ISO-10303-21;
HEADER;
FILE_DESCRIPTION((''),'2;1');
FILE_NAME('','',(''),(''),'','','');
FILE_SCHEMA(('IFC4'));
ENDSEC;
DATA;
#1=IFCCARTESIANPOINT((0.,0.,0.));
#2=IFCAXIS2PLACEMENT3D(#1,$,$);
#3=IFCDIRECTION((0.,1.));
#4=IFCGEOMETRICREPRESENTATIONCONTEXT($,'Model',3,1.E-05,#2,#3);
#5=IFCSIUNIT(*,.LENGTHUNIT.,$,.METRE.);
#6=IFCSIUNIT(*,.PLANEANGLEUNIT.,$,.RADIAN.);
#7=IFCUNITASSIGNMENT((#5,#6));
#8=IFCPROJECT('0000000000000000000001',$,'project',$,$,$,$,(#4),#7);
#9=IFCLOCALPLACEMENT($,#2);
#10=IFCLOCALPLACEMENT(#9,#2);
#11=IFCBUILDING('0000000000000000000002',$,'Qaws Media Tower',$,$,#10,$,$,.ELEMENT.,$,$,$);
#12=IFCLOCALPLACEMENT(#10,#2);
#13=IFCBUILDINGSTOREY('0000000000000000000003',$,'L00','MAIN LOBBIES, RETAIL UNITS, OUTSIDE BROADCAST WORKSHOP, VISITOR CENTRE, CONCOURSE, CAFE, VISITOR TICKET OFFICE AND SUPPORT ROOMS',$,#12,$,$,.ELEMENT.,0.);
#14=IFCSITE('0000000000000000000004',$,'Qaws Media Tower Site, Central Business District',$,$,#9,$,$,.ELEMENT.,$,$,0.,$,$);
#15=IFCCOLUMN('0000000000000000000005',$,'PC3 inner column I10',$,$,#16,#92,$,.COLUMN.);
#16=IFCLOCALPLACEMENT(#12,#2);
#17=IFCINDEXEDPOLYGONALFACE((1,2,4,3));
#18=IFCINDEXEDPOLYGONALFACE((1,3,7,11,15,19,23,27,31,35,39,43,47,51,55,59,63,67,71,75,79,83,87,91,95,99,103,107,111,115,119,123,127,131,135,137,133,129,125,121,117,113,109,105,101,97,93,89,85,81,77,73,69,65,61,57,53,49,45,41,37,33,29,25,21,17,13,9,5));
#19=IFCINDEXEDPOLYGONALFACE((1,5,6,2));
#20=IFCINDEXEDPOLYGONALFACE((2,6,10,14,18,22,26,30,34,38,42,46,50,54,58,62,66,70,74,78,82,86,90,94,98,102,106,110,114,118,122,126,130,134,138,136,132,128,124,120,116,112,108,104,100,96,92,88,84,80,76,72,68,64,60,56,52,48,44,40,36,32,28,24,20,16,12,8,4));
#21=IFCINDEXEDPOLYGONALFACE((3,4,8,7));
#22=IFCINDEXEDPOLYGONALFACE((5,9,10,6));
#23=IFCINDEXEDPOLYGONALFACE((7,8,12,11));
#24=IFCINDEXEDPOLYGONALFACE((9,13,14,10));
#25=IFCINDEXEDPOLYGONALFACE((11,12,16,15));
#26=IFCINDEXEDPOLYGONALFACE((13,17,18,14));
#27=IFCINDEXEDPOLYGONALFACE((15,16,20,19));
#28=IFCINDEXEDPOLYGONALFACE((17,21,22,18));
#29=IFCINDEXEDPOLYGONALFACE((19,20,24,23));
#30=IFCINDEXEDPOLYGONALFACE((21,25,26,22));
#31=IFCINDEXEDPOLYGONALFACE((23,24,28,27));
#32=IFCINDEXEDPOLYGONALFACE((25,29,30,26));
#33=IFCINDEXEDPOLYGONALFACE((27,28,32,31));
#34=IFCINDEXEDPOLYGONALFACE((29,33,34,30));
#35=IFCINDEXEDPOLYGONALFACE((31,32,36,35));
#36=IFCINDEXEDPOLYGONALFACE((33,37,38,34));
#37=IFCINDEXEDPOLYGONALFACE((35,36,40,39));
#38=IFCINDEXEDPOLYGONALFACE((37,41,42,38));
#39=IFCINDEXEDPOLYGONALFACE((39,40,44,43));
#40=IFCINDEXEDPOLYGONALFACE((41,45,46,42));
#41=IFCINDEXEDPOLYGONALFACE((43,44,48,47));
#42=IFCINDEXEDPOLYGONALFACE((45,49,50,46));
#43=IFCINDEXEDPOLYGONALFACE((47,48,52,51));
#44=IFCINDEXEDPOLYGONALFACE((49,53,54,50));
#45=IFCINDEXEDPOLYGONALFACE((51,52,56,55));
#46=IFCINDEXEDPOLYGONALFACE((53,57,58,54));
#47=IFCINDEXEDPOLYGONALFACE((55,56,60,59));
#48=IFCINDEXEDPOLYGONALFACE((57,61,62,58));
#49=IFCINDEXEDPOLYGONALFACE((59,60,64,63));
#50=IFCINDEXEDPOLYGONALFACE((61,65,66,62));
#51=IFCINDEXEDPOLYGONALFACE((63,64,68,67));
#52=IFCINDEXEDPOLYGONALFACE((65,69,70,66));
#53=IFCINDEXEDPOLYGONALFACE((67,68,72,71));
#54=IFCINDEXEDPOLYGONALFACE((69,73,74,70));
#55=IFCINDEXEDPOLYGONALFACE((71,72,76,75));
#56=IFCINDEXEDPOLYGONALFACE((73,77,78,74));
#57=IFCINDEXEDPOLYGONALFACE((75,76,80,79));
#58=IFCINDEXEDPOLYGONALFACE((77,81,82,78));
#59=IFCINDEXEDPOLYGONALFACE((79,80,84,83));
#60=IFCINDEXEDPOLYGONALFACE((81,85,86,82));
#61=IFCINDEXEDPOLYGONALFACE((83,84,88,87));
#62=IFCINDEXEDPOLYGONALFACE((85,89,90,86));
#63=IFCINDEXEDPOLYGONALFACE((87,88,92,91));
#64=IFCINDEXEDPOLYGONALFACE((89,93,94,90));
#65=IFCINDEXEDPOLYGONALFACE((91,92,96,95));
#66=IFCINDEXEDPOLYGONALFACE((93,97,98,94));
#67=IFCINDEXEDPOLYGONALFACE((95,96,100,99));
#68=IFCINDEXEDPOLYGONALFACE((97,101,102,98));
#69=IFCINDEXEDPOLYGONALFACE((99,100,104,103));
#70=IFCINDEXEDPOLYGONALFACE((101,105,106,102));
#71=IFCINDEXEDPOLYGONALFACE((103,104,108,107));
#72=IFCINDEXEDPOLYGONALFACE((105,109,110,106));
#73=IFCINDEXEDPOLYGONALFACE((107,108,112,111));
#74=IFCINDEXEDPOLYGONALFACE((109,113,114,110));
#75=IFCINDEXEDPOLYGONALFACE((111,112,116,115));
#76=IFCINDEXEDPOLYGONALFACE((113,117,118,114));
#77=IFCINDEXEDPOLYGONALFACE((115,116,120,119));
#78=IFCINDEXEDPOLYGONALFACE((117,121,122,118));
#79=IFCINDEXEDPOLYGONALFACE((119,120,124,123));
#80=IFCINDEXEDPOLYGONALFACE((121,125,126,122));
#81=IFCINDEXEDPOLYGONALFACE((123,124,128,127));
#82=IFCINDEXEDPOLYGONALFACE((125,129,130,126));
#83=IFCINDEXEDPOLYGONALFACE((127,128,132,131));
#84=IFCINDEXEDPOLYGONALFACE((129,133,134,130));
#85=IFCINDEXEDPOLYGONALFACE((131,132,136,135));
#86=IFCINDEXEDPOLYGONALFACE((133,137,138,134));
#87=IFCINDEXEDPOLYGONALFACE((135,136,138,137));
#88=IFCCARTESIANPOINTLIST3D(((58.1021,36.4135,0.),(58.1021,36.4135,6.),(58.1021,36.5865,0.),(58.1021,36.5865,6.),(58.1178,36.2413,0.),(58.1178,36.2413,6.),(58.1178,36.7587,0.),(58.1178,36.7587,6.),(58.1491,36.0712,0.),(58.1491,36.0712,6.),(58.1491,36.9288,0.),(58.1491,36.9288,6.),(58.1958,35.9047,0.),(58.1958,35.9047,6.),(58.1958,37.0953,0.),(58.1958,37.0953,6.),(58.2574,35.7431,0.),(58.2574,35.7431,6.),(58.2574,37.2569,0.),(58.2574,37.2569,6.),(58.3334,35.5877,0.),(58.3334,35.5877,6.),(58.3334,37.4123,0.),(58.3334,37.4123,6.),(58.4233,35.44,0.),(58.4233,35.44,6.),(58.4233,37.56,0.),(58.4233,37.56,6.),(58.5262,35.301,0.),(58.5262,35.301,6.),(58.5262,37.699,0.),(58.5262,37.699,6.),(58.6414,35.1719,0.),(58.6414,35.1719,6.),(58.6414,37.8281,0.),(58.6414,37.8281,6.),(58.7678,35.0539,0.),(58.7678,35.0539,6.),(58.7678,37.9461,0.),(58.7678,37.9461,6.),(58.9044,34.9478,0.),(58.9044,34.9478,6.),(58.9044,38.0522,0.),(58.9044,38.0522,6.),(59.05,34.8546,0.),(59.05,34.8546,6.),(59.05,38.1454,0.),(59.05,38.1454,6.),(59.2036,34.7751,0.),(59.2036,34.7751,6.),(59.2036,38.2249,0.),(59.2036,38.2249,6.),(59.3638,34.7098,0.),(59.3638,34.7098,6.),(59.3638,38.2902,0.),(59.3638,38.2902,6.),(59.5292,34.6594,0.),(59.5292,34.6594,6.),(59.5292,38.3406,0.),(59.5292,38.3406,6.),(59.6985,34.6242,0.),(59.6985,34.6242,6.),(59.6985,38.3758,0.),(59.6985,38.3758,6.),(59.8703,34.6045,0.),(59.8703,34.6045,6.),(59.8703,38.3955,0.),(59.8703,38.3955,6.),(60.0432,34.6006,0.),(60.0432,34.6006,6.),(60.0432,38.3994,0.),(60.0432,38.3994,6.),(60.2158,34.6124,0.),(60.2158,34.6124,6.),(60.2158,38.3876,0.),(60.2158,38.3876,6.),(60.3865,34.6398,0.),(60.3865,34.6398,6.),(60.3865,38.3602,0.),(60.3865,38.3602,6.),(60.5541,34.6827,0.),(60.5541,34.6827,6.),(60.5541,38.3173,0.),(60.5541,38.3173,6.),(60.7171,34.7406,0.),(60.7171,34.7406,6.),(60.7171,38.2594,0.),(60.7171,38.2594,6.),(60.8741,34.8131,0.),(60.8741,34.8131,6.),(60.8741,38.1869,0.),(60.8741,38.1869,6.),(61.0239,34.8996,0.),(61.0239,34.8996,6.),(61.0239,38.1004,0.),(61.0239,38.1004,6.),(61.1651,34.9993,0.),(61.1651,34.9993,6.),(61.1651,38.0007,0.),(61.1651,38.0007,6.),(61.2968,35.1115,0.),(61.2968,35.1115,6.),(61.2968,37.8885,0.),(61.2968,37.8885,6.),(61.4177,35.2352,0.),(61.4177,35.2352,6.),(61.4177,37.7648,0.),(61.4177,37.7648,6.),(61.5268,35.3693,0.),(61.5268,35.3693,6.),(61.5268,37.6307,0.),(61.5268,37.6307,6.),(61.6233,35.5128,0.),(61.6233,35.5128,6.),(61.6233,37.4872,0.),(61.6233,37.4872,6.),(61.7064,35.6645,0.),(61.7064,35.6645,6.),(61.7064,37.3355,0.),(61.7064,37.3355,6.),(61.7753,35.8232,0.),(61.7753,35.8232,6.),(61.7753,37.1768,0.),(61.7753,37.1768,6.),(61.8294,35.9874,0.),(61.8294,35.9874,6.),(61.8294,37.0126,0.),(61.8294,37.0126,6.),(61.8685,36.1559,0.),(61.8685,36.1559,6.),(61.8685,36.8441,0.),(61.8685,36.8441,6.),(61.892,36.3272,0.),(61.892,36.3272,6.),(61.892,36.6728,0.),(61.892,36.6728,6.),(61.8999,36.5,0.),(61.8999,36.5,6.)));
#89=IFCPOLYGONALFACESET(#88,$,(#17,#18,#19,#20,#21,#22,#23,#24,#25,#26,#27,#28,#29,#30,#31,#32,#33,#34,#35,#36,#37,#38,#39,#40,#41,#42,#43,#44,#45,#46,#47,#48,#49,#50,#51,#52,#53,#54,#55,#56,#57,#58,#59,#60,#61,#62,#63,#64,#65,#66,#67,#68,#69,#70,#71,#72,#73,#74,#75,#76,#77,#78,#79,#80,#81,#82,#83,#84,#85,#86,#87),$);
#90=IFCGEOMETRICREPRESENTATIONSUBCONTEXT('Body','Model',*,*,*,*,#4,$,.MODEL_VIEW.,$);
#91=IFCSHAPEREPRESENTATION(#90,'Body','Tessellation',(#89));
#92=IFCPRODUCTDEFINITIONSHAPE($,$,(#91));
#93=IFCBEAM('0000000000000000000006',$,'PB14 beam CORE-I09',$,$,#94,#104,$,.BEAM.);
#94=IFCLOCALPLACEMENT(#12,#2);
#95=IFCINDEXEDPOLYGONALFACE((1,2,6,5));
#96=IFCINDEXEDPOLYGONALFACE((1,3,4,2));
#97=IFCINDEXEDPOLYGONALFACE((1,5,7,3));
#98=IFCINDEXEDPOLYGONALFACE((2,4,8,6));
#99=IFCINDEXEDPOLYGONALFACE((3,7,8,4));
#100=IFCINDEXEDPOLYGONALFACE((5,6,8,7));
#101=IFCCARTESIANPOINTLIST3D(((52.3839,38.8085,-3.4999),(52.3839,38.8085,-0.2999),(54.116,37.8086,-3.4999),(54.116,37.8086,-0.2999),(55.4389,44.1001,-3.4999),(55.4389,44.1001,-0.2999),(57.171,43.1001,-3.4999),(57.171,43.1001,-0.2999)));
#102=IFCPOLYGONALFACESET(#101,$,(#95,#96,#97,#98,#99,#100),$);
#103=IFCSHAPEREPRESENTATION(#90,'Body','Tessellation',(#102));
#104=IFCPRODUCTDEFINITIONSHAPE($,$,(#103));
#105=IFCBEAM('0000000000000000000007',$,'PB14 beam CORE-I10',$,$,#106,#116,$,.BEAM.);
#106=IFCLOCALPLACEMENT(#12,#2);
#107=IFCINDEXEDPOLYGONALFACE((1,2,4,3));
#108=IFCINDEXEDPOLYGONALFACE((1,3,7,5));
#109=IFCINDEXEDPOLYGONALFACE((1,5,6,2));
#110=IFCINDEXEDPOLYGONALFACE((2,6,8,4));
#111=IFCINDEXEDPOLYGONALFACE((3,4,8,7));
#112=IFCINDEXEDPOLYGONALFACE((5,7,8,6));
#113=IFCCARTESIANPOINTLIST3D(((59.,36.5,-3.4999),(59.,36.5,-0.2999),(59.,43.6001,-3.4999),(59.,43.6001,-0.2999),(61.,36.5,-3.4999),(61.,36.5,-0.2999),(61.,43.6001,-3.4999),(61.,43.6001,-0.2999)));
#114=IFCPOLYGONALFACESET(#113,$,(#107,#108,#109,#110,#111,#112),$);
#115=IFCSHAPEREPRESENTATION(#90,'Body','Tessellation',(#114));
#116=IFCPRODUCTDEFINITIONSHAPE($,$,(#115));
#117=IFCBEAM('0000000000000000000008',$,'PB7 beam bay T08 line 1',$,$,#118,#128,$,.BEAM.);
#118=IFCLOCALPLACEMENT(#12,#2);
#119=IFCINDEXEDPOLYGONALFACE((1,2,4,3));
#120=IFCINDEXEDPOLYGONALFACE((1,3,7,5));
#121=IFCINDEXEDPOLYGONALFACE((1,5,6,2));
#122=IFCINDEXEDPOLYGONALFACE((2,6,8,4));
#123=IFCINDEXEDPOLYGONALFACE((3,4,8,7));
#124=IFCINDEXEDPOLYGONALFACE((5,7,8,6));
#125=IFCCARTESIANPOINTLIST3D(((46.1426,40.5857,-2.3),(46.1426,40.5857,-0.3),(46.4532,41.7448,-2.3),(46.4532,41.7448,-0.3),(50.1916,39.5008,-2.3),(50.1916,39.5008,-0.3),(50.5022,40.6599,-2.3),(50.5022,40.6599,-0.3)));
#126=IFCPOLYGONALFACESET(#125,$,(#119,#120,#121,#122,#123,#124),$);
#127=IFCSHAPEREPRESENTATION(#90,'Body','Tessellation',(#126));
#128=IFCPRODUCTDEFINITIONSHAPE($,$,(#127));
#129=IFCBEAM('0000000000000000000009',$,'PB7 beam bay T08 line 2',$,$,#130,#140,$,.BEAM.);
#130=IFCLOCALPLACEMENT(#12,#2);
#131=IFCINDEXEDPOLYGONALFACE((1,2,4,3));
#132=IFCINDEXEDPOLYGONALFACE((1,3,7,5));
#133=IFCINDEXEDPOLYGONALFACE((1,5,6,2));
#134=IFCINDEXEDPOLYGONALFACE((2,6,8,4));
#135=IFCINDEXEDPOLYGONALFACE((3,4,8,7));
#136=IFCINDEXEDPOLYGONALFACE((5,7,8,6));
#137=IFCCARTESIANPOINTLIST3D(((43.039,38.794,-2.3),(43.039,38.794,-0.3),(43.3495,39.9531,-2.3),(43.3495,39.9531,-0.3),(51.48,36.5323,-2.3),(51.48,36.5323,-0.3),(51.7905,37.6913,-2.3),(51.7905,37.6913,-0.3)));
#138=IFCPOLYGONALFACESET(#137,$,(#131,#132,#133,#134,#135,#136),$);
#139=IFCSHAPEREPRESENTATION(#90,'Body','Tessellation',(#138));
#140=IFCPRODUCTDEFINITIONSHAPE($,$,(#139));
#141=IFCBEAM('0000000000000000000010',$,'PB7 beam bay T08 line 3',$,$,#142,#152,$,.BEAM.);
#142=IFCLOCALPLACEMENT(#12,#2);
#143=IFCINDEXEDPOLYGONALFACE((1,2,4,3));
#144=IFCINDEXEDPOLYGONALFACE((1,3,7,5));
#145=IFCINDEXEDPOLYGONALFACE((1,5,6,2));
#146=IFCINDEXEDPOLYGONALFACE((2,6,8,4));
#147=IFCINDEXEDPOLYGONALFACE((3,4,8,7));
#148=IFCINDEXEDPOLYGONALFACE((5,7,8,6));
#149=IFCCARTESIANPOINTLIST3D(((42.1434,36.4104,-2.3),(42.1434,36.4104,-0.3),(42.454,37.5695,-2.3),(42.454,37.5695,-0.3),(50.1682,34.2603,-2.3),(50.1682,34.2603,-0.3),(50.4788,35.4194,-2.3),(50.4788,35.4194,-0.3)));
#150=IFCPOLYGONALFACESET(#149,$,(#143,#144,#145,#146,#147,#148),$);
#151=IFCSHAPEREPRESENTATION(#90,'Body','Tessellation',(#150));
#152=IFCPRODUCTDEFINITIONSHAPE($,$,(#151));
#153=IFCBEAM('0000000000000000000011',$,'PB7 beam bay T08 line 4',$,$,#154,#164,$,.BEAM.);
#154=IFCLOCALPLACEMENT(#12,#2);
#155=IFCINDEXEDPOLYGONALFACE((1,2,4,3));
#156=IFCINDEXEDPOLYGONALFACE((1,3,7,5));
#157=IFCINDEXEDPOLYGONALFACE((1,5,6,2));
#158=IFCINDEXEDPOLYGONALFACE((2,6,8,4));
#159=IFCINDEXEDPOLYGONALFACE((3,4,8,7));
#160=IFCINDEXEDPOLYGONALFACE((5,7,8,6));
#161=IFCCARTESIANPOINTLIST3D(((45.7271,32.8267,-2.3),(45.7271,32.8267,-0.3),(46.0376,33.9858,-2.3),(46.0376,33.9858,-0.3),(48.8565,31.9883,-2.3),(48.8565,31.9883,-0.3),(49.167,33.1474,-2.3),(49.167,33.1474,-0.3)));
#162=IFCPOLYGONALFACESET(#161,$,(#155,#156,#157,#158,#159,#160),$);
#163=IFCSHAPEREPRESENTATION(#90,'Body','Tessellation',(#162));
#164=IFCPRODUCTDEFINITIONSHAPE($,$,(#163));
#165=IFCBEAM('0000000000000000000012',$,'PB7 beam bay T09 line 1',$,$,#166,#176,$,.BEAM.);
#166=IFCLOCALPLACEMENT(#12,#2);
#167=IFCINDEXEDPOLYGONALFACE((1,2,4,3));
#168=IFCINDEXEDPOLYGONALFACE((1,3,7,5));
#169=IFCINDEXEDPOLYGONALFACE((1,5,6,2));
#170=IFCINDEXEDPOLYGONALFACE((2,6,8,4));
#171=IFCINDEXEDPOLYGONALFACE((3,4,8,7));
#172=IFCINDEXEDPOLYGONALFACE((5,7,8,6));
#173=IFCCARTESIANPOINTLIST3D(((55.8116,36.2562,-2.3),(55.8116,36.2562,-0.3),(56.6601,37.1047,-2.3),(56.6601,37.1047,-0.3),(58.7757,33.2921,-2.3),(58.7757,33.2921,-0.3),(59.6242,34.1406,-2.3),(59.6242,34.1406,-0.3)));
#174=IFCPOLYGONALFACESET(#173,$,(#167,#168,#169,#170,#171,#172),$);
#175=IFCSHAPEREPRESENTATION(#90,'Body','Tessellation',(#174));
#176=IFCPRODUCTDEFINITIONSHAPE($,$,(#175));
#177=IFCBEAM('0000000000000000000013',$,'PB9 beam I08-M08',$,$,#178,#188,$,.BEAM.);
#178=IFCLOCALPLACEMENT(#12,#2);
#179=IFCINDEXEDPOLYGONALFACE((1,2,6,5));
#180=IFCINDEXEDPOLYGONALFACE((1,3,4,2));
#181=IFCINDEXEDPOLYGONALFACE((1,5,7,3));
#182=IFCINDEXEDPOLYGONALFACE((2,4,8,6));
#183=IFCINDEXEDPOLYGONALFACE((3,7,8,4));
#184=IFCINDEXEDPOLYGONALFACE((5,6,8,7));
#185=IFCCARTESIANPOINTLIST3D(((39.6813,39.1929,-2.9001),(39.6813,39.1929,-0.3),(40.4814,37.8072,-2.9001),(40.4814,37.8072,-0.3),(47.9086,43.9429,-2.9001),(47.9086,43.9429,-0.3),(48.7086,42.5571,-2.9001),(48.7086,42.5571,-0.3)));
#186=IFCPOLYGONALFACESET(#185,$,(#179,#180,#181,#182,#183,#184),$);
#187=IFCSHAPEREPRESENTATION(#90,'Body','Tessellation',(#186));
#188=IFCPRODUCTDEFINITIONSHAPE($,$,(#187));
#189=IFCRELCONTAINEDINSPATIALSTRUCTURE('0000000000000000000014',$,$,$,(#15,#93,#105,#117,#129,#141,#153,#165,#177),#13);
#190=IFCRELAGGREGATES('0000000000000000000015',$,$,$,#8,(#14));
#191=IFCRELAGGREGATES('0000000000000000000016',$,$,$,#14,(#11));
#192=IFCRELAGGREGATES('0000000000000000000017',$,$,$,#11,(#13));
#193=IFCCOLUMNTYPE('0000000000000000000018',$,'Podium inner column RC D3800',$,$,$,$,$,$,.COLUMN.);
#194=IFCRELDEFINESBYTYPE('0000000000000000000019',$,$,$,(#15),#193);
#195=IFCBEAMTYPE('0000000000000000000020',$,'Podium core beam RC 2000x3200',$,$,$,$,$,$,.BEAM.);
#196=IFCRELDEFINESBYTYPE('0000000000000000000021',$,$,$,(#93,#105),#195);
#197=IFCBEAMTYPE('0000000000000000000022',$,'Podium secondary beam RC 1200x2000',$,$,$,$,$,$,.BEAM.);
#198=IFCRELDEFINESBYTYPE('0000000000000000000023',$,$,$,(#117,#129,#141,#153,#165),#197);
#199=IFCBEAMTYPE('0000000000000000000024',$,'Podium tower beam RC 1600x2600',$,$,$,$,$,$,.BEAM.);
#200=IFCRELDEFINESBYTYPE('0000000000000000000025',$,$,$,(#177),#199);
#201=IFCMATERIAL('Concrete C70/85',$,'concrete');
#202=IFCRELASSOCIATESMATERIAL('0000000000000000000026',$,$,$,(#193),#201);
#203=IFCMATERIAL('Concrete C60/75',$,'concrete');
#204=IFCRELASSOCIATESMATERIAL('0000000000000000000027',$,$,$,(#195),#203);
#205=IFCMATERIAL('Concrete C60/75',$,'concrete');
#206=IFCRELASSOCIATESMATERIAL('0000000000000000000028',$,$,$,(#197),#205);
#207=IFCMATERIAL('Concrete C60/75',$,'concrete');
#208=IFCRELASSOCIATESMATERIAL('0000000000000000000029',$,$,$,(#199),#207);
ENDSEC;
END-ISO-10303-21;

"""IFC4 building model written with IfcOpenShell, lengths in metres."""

from ifc_helpers import new_model, si_unit, direction, frame, origin, origin_2d, place, context, subcontext, project, spatial, rectangle, circle, extrude, material, material_profile, profile_set, type_object, element, save


model = new_model("IFC4")

# Units and contexts
model_context = context("Model", 3, precision=1e-05, world=origin(), true_north=direction((0.0, 1.0)))
body_context = subcontext(model_context, "Body", "Model", "MODEL_VIEW")
ifc_project = project(units=[si_unit("LENGTHUNIT", "METRE"), si_unit("PLANEANGLEUNIT", "RADIAN")], contexts=[model_context])

# Site, building, storey
site_placement = place(None, origin())
site = spatial("IfcSite", under=ifc_project, at=site_placement, Name="Qaws Media Tower Site, Central Business District", CompositionType="ELEMENT", RefElevation=0.0)
building_placement = place(site_placement, origin())
building = spatial("IfcBuilding", under=site, at=building_placement, Name="Qaws Media Tower", CompositionType="ELEMENT")
storey_placement = place(building_placement, origin())
storey = spatial("IfcBuildingStorey", under=building, at=storey_placement, Name="L00", Description="MAIN LOBBIES, RETAIL UNITS, OUTSIDE BROADCAST WORKSHOP, VISITOR CENTRE, CONCOURSE, CAFE, VISITOR TICKET OFFICE AND SUPPORT ROOMS", CompositionType="ELEMENT", Elevation=0.0)

# Column
ifc_material_1 = material(Name="Concrete C70/85", Category="concrete")
ifc_material_profile_1 = material_profile(ifc_material_1, circle(Radius=1.8999, at=origin_2d()), Name="RC D3800")
ifc_profile_set_1 = profile_set([ifc_material_profile_1], Name="Concrete C70/85")
column_type = type_object("IfcColumnType", Name="Podium inner column RC D3800", PredefinedType="COLUMN", material=ifc_profile_set_1)
for number, where, z_axis, x_axis, name in (
    (1, (60.0, 36.5, 0.0), (0.0, 0.0, 1.0), (1.0, 0.0, 0.0), "PC3 inner column I10"),
):
    element("IfcColumn", number, at=place(storey_placement, frame(where, z_axis=z_axis, x_axis=x_axis)), inside=storey, type_object=column_type, Name=name, PredefinedType="COLUMN", context=body_context, shape_type="SweptSolid", body=[
        extrude(circle(Radius=1.8999, at=origin_2d()), origin(), (0.0, 0.0, 1.0), 6.0),
    ])

# Beams
ifc_material_2 = material(Name="Concrete C60/75", Category="concrete")
ifc_material_profile_2 = material_profile(ifc_material_2, rectangle(XDim=2.0, YDim=3.2, at=origin_2d()), Name="RC 2000x3200")
ifc_profile_set_2 = profile_set([ifc_material_profile_2], Name="Concrete C60/75")
beam_type_1 = type_object("IfcBeamType", Name="Podium core beam RC 2000x3200", PredefinedType="BEAM", material=ifc_profile_set_2)
beam_1_placement = place(storey_placement, frame((56.3049, 43.6001, -1.8999), z_axis=(-0.499985, -0.866034, 0.0), x_axis=(0.866034, -0.499985, 0.0)))
element("IfcBeam", 2, at=beam_1_placement, inside=storey, type_object=beam_type_1, Name="PB14 beam CORE-I09", PredefinedType="BEAM", context=body_context, shape_type="SweptSolid", body=[
    extrude(rectangle(XDim=2.0, YDim=3.2, at=origin_2d()), origin(), (0.0, 0.0, 1.0), 6.1101),
])
beam_2_placement = place(storey_placement, frame((60.0, 43.6001, -1.8999), z_axis=(0.0, -1.0, 0.0), x_axis=(1.0, 0.0, 0.0)))
element("IfcBeam", 3, at=beam_2_placement, inside=storey, type_object=beam_type_1, Name="PB14 beam CORE-I10", PredefinedType="BEAM", context=body_context, shape_type="SweptSolid", body=[
    extrude(rectangle(XDim=2.0, YDim=3.2, at=origin_2d()), origin(), (0.0, 0.0, 1.0), 7.1001),
])
ifc_material_3 = material(Name="Concrete C60/75", Category="concrete")
ifc_material_profile_3 = material_profile(ifc_material_3, rectangle(XDim=1.2, YDim=2.0, at=origin_2d()), Name="RC 1200x2000")
ifc_profile_set_3 = profile_set([ifc_material_profile_3], Name="Concrete C60/75")
beam_type_2 = type_object("IfcBeamType", Name="Podium secondary beam RC 1200x2000", PredefinedType="BEAM", material=ifc_profile_set_3)
beam_3_placement = place(storey_placement, frame((50.3469, 40.0803, -1.3), z_axis=(-0.965925, 0.258822, 0.0), x_axis=(-0.258822, -0.965925, 0.0)))
element("IfcBeam", 4, at=beam_3_placement, inside=storey, type_object=beam_type_2, Name="PB7 beam bay T08 line 1", PredefinedType="BEAM", context=body_context, shape_type="SweptSolid", body=[
    extrude(rectangle(XDim=1.2, YDim=2.0, at=origin_2d()), origin(), (0.0, 0.0, 1.0), 4.1919),
])
beam_4_placement = place(storey_placement, frame((51.6353, 37.1118, -1.3), z_axis=(-0.965926, 0.258817, 0.0), x_axis=(-0.258817, -0.965926, 0.0)))
element("IfcBeam", 5, at=beam_4_placement, inside=storey, type_object=beam_type_2, Name="PB7 beam bay T08 line 2", PredefinedType="BEAM", context=body_context, shape_type="SweptSolid", body=[
    extrude(rectangle(XDim=1.2, YDim=2.0, at=origin_2d()), origin(), (0.0, 0.0, 1.0), 8.7388),
])
beam_5_placement = place(storey_placement, frame((50.3235, 34.8398, -1.3), z_axis=(-0.965929, 0.258806, 0.0), x_axis=(-0.258806, -0.965929, 0.0)))
element("IfcBeam", 6, at=beam_5_placement, inside=storey, type_object=beam_type_2, Name="PB7 beam bay T08 line 3", PredefinedType="BEAM", context=body_context, shape_type="SweptSolid", body=[
    extrude(rectangle(XDim=1.2, YDim=2.0, at=origin_2d()), origin(), (0.0, 0.0, 1.0), 8.3079),
])
beam_6_placement = place(storey_placement, frame((49.0117, 32.5679, -1.3), z_axis=(-0.965937, 0.258779, 0.0), x_axis=(-0.258779, -0.965937, 0.0)))
element("IfcBeam", 7, at=beam_6_placement, inside=storey, type_object=beam_type_2, Name="PB7 beam bay T08 line 4", PredefinedType="BEAM", context=body_context, shape_type="SweptSolid", body=[
    extrude(rectangle(XDim=1.2, YDim=2.0, at=origin_2d()), origin(), (0.0, 0.0, 1.0), 3.2397),
])
beam_7_placement = place(storey_placement, frame((59.2, 33.7163, -1.3), z_axis=(-0.707107, 0.707107, 0.0), x_axis=(-0.707107, -0.707107, 0.0)))
element("IfcBeam", 8, at=beam_7_placement, inside=storey, type_object=beam_type_2, Name="PB7 beam bay T09 line 1", PredefinedType="BEAM", context=body_context, shape_type="SweptSolid", body=[
    extrude(rectangle(XDim=1.2, YDim=2.0, at=origin_2d()), origin(), (0.0, 0.0, 1.0), 4.1919),
])
ifc_material_4 = material(Name="Concrete C60/75", Category="concrete")
ifc_material_profile_4 = material_profile(ifc_material_4, rectangle(XDim=1.6001, YDim=2.6001, at=origin_2d()), Name="RC 1600x2600")
ifc_profile_set_4 = profile_set([ifc_material_profile_4], Name="Concrete C60/75")
beam_type_3 = type_object("IfcBeamType", Name="Podium tower beam RC 1600x2600", PredefinedType="BEAM", material=ifc_profile_set_4)
beam_8_placement = place(storey_placement, frame((48.3086, 43.25, -1.6001), z_axis=(-0.866027, -0.499998, 0.0), x_axis=(0.499998, -0.866027, 0.0)))
element("IfcBeam", 9, at=beam_8_placement, inside=storey, type_object=beam_type_3, Name="PB9 beam I08-M08", PredefinedType="BEAM", context=body_context, shape_type="SweptSolid", body=[
    extrude(rectangle(XDim=1.6001, YDim=2.6001, at=origin_2d()), origin(), (0.0, 0.0, 1.0), 9.5),
])

save(model, "model.ifc")
